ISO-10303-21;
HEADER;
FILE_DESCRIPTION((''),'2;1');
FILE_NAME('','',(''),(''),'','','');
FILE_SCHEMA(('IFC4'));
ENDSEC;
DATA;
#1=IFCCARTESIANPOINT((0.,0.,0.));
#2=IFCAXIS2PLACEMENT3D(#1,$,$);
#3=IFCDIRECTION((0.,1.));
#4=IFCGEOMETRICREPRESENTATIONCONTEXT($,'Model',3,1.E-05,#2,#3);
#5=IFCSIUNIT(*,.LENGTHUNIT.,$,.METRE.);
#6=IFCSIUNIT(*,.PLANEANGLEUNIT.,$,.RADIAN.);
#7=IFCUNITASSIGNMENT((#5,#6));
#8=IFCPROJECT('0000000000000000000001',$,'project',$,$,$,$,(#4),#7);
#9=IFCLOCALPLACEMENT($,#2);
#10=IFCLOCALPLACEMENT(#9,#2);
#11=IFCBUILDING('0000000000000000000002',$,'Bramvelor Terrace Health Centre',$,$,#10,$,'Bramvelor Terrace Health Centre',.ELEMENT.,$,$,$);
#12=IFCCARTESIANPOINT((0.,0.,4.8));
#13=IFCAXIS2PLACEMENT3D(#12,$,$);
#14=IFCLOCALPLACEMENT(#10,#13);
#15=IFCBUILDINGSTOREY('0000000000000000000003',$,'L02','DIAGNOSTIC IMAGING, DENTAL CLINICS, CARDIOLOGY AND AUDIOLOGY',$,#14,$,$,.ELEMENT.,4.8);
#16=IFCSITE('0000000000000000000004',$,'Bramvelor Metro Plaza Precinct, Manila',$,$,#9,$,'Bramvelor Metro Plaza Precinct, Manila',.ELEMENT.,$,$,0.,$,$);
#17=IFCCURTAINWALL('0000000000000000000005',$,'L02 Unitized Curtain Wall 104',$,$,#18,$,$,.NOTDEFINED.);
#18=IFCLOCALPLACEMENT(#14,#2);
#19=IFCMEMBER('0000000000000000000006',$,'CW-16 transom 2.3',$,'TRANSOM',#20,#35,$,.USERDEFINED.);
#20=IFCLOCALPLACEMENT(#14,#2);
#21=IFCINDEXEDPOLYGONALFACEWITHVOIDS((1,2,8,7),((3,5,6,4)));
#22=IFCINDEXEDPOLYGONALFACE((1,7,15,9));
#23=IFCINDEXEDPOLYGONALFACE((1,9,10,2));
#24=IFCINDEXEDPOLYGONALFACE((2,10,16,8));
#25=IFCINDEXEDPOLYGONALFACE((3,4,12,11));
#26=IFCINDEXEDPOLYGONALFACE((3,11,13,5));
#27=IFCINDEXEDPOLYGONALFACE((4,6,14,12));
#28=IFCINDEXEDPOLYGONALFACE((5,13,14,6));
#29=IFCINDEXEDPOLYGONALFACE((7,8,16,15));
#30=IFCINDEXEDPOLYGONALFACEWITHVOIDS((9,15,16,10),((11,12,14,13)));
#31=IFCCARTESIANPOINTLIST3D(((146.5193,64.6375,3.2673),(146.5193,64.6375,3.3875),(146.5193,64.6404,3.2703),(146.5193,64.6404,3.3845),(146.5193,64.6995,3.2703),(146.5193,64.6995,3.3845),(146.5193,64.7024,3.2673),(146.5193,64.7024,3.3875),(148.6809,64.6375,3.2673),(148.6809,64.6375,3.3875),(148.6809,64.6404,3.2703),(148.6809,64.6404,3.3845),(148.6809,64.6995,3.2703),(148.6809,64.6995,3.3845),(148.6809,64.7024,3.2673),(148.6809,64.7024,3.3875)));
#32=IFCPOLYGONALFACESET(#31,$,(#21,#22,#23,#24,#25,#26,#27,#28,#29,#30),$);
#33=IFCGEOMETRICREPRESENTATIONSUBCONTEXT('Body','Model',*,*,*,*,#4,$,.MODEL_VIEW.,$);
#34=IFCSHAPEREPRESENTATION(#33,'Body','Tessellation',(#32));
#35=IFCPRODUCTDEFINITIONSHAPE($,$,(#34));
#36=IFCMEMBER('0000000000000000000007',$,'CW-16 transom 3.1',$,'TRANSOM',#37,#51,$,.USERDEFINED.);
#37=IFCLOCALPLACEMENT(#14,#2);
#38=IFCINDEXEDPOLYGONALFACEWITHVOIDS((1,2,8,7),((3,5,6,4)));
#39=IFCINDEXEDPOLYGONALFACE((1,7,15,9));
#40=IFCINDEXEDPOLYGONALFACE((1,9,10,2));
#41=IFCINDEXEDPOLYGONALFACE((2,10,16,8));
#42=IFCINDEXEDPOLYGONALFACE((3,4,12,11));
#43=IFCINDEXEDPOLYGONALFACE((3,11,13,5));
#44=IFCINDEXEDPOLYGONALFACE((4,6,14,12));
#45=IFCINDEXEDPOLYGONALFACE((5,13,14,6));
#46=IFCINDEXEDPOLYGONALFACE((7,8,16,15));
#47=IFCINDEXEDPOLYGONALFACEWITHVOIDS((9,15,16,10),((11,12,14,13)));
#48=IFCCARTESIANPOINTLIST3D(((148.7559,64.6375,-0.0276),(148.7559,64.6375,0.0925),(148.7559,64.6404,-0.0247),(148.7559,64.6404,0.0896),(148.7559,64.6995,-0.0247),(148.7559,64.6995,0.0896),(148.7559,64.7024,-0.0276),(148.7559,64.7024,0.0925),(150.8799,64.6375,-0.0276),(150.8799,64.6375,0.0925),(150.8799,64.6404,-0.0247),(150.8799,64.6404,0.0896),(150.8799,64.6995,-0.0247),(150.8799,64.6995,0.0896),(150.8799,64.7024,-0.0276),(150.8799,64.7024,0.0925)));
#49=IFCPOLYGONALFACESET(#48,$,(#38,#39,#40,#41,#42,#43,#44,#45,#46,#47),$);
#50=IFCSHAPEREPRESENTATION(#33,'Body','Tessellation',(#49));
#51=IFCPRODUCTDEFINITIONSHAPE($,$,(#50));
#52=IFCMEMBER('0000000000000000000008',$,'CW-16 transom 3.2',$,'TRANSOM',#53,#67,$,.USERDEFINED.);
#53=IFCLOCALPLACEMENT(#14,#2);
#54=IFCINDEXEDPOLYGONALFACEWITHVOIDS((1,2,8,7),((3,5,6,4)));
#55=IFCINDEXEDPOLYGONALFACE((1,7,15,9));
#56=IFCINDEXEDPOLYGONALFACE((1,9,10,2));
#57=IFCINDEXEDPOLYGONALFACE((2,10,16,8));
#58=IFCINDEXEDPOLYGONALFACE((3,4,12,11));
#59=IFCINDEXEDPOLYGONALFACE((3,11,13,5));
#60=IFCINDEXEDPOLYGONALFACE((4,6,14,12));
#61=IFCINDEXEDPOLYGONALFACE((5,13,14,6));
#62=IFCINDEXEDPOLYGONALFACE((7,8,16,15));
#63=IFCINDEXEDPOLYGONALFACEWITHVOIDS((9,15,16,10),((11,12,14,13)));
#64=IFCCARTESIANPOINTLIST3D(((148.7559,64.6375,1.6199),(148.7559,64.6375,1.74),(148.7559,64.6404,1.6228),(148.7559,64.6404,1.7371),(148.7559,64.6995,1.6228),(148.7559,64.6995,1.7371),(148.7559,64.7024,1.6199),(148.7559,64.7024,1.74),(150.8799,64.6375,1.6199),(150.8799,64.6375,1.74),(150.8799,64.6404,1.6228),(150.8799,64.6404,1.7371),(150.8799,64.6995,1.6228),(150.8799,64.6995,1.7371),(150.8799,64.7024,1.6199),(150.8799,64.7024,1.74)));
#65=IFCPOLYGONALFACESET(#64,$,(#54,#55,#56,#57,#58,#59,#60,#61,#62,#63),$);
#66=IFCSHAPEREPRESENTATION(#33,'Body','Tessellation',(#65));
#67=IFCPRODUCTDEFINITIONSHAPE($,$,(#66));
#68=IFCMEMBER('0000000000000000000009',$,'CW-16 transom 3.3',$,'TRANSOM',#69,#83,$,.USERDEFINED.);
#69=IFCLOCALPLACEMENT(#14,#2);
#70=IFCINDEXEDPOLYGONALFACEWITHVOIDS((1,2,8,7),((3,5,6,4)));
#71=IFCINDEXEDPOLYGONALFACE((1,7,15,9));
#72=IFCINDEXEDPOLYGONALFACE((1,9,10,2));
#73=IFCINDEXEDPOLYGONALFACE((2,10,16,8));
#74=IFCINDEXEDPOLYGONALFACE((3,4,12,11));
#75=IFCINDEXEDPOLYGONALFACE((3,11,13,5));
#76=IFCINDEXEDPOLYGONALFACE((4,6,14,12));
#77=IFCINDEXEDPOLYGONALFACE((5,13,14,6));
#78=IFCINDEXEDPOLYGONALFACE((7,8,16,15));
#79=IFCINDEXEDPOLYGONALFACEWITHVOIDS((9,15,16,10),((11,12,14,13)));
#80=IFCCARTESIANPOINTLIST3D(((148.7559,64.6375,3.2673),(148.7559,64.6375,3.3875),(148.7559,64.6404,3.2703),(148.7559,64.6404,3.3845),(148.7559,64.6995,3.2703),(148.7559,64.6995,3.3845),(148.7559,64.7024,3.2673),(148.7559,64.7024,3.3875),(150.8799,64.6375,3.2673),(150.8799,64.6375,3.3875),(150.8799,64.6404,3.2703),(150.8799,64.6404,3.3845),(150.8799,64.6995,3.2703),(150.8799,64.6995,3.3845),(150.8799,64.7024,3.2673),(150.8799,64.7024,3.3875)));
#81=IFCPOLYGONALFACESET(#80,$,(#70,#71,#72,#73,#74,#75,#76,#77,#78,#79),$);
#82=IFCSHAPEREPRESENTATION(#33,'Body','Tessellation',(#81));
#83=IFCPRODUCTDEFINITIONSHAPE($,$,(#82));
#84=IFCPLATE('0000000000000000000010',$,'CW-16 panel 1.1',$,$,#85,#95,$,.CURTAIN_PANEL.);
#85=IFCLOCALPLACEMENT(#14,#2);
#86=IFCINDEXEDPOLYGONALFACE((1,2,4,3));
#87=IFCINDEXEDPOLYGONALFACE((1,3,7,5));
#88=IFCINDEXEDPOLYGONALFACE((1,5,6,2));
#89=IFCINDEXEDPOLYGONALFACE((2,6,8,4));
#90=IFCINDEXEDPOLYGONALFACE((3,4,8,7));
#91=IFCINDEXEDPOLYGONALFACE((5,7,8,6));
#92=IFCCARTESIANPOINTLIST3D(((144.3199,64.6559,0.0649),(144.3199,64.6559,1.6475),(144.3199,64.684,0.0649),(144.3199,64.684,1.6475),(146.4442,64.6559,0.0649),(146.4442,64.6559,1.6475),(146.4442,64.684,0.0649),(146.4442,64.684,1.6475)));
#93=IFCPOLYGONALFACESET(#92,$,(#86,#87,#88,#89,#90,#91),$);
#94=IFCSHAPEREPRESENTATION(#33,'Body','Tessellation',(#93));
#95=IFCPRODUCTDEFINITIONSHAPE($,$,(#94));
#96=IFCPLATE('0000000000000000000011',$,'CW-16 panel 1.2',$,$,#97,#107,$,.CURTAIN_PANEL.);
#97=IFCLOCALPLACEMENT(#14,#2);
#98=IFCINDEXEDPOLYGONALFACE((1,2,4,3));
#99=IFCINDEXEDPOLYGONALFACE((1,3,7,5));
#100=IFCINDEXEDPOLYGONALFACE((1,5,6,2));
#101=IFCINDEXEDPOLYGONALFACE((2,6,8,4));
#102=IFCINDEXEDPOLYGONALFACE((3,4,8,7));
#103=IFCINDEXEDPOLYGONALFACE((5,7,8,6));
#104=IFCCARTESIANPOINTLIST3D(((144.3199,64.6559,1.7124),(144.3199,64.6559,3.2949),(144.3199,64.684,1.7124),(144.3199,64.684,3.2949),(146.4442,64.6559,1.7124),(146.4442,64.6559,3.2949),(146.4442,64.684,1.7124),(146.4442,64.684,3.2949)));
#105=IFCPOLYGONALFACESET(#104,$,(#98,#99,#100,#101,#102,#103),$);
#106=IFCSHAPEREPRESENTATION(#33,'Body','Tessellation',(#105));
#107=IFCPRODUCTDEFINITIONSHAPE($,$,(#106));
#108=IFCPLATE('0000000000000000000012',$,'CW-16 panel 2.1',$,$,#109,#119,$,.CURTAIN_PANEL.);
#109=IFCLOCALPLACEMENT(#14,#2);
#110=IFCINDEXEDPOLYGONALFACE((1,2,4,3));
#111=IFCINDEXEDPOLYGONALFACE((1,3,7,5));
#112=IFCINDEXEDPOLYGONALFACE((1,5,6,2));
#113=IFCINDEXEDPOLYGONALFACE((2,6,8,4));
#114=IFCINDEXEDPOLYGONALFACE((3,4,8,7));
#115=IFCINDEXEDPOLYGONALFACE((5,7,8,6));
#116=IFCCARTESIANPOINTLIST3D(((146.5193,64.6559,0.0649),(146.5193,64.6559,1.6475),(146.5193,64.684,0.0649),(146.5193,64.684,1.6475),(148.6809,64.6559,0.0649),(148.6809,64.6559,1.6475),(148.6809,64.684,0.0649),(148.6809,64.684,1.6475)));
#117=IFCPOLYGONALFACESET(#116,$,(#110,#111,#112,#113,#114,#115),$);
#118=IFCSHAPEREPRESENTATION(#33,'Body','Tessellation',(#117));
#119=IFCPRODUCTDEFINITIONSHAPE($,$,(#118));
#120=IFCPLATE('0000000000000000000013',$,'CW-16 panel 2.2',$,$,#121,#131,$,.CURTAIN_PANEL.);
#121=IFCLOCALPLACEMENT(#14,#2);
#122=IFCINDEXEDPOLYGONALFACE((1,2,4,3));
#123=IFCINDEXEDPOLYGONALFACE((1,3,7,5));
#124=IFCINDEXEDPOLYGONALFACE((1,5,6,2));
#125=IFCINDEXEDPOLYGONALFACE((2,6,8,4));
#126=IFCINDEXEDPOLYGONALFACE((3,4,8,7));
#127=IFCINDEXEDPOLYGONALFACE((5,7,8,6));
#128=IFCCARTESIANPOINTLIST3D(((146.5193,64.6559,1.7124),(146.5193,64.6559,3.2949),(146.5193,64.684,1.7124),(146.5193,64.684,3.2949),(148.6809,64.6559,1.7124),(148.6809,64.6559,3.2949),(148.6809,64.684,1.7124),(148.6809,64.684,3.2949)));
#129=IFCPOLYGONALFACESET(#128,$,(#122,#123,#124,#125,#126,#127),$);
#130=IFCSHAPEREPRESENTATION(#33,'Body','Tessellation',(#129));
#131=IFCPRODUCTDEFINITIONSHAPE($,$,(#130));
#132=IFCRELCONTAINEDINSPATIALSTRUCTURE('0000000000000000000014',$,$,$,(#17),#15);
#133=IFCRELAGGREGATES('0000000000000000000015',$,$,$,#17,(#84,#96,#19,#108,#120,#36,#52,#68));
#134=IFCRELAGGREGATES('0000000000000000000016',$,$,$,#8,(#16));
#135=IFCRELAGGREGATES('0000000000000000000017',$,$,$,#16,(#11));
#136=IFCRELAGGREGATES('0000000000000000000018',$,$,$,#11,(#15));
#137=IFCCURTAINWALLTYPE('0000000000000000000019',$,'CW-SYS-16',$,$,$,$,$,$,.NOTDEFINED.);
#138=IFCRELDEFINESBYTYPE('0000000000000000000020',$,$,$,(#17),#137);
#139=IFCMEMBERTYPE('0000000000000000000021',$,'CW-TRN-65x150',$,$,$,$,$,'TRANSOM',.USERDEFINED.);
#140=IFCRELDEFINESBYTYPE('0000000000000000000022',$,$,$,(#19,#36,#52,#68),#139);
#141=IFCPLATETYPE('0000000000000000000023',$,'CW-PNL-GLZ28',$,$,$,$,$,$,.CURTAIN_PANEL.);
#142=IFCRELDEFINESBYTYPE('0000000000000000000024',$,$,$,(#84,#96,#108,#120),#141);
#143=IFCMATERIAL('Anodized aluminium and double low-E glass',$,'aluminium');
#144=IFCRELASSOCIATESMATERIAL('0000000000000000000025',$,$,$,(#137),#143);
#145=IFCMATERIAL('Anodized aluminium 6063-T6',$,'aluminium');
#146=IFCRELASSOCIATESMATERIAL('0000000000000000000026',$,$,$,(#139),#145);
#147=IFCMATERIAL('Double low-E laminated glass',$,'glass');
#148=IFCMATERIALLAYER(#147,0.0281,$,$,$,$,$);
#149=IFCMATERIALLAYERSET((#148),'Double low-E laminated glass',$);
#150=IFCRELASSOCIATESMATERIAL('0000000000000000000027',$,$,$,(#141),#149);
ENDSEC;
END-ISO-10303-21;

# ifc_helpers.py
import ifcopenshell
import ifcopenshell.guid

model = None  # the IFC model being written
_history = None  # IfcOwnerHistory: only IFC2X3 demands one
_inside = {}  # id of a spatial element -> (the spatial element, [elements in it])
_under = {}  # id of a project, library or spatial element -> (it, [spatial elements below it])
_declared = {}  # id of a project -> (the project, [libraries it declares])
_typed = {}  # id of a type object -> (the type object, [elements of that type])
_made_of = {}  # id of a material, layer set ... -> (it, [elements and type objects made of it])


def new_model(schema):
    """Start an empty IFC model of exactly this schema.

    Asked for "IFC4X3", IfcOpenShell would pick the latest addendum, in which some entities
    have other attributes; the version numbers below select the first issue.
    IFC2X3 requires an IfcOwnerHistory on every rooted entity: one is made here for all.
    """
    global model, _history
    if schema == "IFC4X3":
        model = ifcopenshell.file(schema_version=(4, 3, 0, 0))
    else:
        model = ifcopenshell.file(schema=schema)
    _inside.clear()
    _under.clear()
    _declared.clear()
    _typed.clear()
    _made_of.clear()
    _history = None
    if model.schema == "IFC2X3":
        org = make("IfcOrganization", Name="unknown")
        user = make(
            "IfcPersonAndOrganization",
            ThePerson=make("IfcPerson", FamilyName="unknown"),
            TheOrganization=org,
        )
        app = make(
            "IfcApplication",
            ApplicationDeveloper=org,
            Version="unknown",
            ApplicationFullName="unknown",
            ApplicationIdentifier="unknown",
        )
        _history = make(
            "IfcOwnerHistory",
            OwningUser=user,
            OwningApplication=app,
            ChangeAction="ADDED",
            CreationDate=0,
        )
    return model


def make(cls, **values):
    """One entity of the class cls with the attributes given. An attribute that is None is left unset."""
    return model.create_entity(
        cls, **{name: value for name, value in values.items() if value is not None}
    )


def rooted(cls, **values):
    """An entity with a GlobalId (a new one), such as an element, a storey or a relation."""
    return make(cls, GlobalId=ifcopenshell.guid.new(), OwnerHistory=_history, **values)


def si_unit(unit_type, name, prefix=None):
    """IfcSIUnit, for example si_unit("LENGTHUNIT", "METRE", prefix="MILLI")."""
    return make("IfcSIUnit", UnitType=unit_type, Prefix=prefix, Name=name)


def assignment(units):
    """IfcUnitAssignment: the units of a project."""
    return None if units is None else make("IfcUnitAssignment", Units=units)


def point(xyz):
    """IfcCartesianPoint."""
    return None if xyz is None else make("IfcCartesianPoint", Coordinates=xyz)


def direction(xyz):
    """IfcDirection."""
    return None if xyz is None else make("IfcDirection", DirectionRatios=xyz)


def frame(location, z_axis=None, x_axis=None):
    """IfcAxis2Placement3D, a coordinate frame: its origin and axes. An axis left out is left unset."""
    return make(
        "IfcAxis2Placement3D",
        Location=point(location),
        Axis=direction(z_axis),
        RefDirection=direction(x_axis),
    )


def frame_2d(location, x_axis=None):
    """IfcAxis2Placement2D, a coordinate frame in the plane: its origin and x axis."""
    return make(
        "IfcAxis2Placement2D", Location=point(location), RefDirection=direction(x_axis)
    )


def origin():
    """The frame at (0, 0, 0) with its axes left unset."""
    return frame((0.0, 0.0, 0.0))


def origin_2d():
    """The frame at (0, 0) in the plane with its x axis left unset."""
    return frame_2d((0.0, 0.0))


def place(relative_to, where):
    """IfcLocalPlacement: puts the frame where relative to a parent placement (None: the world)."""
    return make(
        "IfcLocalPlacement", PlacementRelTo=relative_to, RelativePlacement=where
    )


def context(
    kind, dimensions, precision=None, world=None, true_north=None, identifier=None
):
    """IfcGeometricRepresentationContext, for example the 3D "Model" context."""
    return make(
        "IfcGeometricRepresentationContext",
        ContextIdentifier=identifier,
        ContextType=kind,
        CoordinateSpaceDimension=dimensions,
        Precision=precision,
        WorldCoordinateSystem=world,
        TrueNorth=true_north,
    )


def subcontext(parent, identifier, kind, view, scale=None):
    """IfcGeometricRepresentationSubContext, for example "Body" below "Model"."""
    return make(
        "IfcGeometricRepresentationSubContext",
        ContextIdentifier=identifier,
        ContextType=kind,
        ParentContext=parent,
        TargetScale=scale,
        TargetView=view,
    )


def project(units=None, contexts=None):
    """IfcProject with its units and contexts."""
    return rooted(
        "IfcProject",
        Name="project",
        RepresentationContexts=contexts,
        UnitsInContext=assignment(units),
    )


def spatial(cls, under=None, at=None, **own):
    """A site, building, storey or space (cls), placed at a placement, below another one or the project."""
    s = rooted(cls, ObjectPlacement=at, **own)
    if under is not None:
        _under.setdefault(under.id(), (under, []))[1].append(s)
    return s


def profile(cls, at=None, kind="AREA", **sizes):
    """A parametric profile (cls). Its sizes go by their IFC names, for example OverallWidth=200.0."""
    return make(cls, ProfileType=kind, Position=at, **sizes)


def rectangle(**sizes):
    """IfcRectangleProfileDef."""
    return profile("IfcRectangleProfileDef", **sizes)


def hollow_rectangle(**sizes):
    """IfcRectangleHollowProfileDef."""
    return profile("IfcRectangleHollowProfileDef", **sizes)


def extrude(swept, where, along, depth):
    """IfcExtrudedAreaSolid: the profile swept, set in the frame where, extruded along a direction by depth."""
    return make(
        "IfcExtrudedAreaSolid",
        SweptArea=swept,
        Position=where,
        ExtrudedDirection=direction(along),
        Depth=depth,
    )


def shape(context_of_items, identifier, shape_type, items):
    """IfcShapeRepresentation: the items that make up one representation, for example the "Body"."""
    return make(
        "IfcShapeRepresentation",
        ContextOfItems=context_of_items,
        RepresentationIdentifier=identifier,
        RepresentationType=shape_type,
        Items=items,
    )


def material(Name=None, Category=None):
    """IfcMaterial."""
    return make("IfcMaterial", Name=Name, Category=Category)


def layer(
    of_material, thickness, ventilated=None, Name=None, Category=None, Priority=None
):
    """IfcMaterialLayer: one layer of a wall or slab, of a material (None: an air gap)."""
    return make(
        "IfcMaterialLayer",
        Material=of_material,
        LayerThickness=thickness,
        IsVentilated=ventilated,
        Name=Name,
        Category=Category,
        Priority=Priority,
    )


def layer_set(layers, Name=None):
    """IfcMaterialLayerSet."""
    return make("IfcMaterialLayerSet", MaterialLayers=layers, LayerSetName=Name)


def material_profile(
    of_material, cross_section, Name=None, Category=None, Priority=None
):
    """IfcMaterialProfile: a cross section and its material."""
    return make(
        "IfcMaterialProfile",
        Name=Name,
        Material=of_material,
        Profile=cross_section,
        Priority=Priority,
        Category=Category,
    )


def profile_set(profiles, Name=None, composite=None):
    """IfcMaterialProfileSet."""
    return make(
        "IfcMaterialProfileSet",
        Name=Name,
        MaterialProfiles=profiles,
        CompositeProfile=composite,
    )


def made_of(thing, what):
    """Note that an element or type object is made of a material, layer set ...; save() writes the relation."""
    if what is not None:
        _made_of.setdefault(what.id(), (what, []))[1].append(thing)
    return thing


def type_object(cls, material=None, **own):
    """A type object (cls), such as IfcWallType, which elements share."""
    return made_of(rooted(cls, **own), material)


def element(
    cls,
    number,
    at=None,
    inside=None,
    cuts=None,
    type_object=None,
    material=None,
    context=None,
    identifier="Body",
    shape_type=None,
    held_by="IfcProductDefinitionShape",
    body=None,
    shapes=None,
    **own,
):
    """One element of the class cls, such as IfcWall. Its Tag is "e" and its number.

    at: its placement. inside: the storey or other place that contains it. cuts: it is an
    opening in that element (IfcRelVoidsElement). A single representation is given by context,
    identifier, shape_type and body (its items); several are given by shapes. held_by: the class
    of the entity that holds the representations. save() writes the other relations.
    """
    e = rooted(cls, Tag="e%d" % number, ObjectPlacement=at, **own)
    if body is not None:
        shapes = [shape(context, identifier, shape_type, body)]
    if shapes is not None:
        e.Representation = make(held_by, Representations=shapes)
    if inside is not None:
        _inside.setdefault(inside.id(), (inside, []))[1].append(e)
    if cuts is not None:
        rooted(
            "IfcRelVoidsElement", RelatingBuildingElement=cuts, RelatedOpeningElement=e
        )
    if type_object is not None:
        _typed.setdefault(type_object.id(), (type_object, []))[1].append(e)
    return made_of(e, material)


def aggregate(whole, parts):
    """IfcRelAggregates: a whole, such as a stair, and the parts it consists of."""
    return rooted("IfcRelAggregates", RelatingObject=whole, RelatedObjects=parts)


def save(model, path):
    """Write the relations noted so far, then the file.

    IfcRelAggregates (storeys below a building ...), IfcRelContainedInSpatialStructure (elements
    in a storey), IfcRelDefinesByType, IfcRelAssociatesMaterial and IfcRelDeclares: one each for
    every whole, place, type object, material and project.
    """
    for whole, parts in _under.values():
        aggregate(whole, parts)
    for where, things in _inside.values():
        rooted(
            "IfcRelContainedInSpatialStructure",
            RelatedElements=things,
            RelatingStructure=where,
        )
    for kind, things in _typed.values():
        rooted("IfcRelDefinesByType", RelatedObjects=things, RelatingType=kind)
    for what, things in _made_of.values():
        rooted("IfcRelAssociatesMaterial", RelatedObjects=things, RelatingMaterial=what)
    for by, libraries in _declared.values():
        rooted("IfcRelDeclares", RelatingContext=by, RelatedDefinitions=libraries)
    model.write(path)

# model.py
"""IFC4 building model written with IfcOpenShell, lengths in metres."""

from ifc_helpers import new_model, si_unit, direction, frame, origin, origin_2d, place, context, subcontext, project, spatial, rectangle, hollow_rectangle, extrude, material, layer, layer_set, material_profile, profile_set, type_object, element, aggregate, save


model = new_model("IFC4")

# Units and contexts
model_context = context("Model", 3, precision=1e-05, world=origin(), true_north=direction((0.0, 1.0)))
body_context = subcontext(model_context, "Body", "Model", "MODEL_VIEW")
ifc_project = project(units=[si_unit("LENGTHUNIT", "METRE"), si_unit("PLANEANGLEUNIT", "RADIAN")], contexts=[model_context])

# Site, building, storey
site_placement = place(None, origin())
site = spatial("IfcSite", under=ifc_project, at=site_placement, Name="Bramvelor Metro Plaza Precinct, Manila", LongName="Bramvelor Metro Plaza Precinct, Manila", CompositionType="ELEMENT", RefElevation=0.0)
building_placement = place(site_placement, origin())
building = spatial("IfcBuilding", under=site, at=building_placement, Name="Bramvelor Terrace Health Centre", LongName="Bramvelor Terrace Health Centre", CompositionType="ELEMENT")
storey_placement = place(building_placement, frame((0.0, 0.0, 4.8)))
storey = spatial("IfcBuildingStorey", under=building, at=storey_placement, Name="L02", Description="DIAGNOSTIC IMAGING, DENTAL CLINICS, CARDIOLOGY AND AUDIOLOGY", CompositionType="ELEMENT", Elevation=4.8)

# Curtain wall, members, plates
ifc_material_1 = material(Name="Anodized aluminium and double low-E glass", Category="aluminium")
curtain_wall_type = type_object("IfcCurtainWallType", Name="CW-SYS-16", PredefinedType="NOTDEFINED", material=ifc_material_1)
curtain_wall_placement = place(storey_placement, origin())
curtain_wall = element("IfcCurtainWall", 1, at=curtain_wall_placement, inside=storey, type_object=curtain_wall_type, Name="L02 Unitized Curtain Wall 104", PredefinedType="NOTDEFINED")
ifc_material_2 = material(Name="Anodized aluminium 6063-T6", Category="aluminium")
ifc_material_profile_1 = material_profile(ifc_material_2, hollow_rectangle(XDim=0.0649, YDim=0.1201, WallThickness=0.0029, at=origin_2d()), Name="ALU-TRN 65x120x3.0")
ifc_profile_set_1 = profile_set([ifc_material_profile_1], Name="Anodized aluminium 6063-T6")
member_type_1 = type_object("IfcMemberType", Name="CW-TRN-65x150", ElementType="TRANSOM", PredefinedType="USERDEFINED", material=ifc_profile_set_1)
member_1_placement = place(storey_placement, frame((146.5193, 64.6699, 3.3274), z_axis=(1.0, 0.0, 0.0), x_axis=(0.0, 1.0, 0.0)))
member_1 = element("IfcMember", 2, at=member_1_placement, type_object=member_type_1, Name="CW-16 transom 2.3", ObjectType="TRANSOM", PredefinedType="USERDEFINED", context=body_context, shape_type="SweptSolid", body=[
    extrude(hollow_rectangle(XDim=0.0649, YDim=0.1201, WallThickness=0.0029, at=origin_2d()), origin(), (0.0, 0.0, 1.0), 2.1616),
])
member_2_placement = place(storey_placement, frame((148.7559, 64.6699, 0.0325), z_axis=(1.0, 0.0, 0.0), x_axis=(0.0, 1.0, 0.0)))
member_2 = element("IfcMember", 3, at=member_2_placement, type_object=member_type_1, Name="CW-16 transom 3.1", ObjectType="TRANSOM", PredefinedType="USERDEFINED", context=body_context, shape_type="SweptSolid", body=[
    extrude(hollow_rectangle(XDim=0.0649, YDim=0.1201, WallThickness=0.0029, at=origin_2d()), origin(), (0.0, 0.0, 1.0), 2.124),
])
member_3_placement = place(storey_placement, frame((148.7559, 64.6699, 1.6799), z_axis=(1.0, 0.0, 0.0), x_axis=(0.0, 1.0, 0.0)))
member_3 = element("IfcMember", 4, at=member_3_placement, type_object=member_type_1, Name="CW-16 transom 3.2", ObjectType="TRANSOM", PredefinedType="USERDEFINED", context=body_context, shape_type="SweptSolid", body=[
    extrude(hollow_rectangle(XDim=0.0649, YDim=0.1201, WallThickness=0.0029, at=origin_2d()), origin(), (0.0, 0.0, 1.0), 2.124),
])
member_4_placement = place(storey_placement, frame((148.7559, 64.6699, 3.3274), z_axis=(1.0, 0.0, 0.0), x_axis=(0.0, 1.0, 0.0)))
member_4 = element("IfcMember", 5, at=member_4_placement, type_object=member_type_1, Name="CW-16 transom 3.3", ObjectType="TRANSOM", PredefinedType="USERDEFINED", context=body_context, shape_type="SweptSolid", body=[
    extrude(hollow_rectangle(XDim=0.0649, YDim=0.1201, WallThickness=0.0029, at=origin_2d()), origin(), (0.0, 0.0, 1.0), 2.124),
])
ifc_material_3 = material(Name="Double low-E laminated glass", Category="glass")
ifc_layer = layer(ifc_material_3, 0.0281)
ifc_layer_set = layer_set([ifc_layer], Name="Double low-E laminated glass")
plate_type = type_object("IfcPlateType", Name="CW-PNL-GLZ28", PredefinedType="CURTAIN_PANEL", material=ifc_layer_set)
plate_1_placement = place(storey_placement, frame((145.3821, 64.6699, 0.0649), z_axis=(0.0, 0.0, 1.0), x_axis=(1.0, 0.0, 0.0)))
plate_1 = element("IfcPlate", 6, at=plate_1_placement, type_object=plate_type, Name="CW-16 panel 1.1", PredefinedType="CURTAIN_PANEL", context=body_context, shape_type="SweptSolid", body=[
    extrude(rectangle(XDim=2.1243, YDim=0.0281, at=origin_2d()), origin(), (0.0, 0.0, 1.0), 1.5825),
])
plate_2_placement = place(storey_placement, frame((145.3821, 64.6699, 1.7124), z_axis=(0.0, 0.0, 1.0), x_axis=(1.0, 0.0, 0.0)))
plate_2 = element("IfcPlate", 7, at=plate_2_placement, type_object=plate_type, Name="CW-16 panel 1.2", PredefinedType="CURTAIN_PANEL", context=body_context, shape_type="SweptSolid", body=[
    extrude(rectangle(XDim=2.1243, YDim=0.0281, at=origin_2d()), origin(), (0.0, 0.0, 1.0), 1.5825),
])
plate_3_placement = place(storey_placement, frame((147.6001, 64.6699, 0.0649), z_axis=(0.0, 0.0, 1.0), x_axis=(1.0, 0.0, 0.0)))
plate_3 = element("IfcPlate", 8, at=plate_3_placement, type_object=plate_type, Name="CW-16 panel 2.1", PredefinedType="CURTAIN_PANEL", context=body_context, shape_type="SweptSolid", body=[
    extrude(rectangle(XDim=2.1616, YDim=0.0281, at=origin_2d()), origin(), (0.0, 0.0, 1.0), 1.5825),
])
plate_4_placement = place(storey_placement, frame((147.6001, 64.6699, 1.7124), z_axis=(0.0, 0.0, 1.0), x_axis=(1.0, 0.0, 0.0)))
plate_4 = element("IfcPlate", 9, at=plate_4_placement, type_object=plate_type, Name="CW-16 panel 2.2", PredefinedType="CURTAIN_PANEL", context=body_context, shape_type="SweptSolid", body=[
    extrude(rectangle(XDim=2.1616, YDim=0.0281, at=origin_2d()), origin(), (0.0, 0.0, 1.0), 1.5825),
])
aggregate(curtain_wall, [plate_1, plate_2, member_1, plate_3, plate_4, member_2, member_3, member_4])

save(model, "model.ifc")
